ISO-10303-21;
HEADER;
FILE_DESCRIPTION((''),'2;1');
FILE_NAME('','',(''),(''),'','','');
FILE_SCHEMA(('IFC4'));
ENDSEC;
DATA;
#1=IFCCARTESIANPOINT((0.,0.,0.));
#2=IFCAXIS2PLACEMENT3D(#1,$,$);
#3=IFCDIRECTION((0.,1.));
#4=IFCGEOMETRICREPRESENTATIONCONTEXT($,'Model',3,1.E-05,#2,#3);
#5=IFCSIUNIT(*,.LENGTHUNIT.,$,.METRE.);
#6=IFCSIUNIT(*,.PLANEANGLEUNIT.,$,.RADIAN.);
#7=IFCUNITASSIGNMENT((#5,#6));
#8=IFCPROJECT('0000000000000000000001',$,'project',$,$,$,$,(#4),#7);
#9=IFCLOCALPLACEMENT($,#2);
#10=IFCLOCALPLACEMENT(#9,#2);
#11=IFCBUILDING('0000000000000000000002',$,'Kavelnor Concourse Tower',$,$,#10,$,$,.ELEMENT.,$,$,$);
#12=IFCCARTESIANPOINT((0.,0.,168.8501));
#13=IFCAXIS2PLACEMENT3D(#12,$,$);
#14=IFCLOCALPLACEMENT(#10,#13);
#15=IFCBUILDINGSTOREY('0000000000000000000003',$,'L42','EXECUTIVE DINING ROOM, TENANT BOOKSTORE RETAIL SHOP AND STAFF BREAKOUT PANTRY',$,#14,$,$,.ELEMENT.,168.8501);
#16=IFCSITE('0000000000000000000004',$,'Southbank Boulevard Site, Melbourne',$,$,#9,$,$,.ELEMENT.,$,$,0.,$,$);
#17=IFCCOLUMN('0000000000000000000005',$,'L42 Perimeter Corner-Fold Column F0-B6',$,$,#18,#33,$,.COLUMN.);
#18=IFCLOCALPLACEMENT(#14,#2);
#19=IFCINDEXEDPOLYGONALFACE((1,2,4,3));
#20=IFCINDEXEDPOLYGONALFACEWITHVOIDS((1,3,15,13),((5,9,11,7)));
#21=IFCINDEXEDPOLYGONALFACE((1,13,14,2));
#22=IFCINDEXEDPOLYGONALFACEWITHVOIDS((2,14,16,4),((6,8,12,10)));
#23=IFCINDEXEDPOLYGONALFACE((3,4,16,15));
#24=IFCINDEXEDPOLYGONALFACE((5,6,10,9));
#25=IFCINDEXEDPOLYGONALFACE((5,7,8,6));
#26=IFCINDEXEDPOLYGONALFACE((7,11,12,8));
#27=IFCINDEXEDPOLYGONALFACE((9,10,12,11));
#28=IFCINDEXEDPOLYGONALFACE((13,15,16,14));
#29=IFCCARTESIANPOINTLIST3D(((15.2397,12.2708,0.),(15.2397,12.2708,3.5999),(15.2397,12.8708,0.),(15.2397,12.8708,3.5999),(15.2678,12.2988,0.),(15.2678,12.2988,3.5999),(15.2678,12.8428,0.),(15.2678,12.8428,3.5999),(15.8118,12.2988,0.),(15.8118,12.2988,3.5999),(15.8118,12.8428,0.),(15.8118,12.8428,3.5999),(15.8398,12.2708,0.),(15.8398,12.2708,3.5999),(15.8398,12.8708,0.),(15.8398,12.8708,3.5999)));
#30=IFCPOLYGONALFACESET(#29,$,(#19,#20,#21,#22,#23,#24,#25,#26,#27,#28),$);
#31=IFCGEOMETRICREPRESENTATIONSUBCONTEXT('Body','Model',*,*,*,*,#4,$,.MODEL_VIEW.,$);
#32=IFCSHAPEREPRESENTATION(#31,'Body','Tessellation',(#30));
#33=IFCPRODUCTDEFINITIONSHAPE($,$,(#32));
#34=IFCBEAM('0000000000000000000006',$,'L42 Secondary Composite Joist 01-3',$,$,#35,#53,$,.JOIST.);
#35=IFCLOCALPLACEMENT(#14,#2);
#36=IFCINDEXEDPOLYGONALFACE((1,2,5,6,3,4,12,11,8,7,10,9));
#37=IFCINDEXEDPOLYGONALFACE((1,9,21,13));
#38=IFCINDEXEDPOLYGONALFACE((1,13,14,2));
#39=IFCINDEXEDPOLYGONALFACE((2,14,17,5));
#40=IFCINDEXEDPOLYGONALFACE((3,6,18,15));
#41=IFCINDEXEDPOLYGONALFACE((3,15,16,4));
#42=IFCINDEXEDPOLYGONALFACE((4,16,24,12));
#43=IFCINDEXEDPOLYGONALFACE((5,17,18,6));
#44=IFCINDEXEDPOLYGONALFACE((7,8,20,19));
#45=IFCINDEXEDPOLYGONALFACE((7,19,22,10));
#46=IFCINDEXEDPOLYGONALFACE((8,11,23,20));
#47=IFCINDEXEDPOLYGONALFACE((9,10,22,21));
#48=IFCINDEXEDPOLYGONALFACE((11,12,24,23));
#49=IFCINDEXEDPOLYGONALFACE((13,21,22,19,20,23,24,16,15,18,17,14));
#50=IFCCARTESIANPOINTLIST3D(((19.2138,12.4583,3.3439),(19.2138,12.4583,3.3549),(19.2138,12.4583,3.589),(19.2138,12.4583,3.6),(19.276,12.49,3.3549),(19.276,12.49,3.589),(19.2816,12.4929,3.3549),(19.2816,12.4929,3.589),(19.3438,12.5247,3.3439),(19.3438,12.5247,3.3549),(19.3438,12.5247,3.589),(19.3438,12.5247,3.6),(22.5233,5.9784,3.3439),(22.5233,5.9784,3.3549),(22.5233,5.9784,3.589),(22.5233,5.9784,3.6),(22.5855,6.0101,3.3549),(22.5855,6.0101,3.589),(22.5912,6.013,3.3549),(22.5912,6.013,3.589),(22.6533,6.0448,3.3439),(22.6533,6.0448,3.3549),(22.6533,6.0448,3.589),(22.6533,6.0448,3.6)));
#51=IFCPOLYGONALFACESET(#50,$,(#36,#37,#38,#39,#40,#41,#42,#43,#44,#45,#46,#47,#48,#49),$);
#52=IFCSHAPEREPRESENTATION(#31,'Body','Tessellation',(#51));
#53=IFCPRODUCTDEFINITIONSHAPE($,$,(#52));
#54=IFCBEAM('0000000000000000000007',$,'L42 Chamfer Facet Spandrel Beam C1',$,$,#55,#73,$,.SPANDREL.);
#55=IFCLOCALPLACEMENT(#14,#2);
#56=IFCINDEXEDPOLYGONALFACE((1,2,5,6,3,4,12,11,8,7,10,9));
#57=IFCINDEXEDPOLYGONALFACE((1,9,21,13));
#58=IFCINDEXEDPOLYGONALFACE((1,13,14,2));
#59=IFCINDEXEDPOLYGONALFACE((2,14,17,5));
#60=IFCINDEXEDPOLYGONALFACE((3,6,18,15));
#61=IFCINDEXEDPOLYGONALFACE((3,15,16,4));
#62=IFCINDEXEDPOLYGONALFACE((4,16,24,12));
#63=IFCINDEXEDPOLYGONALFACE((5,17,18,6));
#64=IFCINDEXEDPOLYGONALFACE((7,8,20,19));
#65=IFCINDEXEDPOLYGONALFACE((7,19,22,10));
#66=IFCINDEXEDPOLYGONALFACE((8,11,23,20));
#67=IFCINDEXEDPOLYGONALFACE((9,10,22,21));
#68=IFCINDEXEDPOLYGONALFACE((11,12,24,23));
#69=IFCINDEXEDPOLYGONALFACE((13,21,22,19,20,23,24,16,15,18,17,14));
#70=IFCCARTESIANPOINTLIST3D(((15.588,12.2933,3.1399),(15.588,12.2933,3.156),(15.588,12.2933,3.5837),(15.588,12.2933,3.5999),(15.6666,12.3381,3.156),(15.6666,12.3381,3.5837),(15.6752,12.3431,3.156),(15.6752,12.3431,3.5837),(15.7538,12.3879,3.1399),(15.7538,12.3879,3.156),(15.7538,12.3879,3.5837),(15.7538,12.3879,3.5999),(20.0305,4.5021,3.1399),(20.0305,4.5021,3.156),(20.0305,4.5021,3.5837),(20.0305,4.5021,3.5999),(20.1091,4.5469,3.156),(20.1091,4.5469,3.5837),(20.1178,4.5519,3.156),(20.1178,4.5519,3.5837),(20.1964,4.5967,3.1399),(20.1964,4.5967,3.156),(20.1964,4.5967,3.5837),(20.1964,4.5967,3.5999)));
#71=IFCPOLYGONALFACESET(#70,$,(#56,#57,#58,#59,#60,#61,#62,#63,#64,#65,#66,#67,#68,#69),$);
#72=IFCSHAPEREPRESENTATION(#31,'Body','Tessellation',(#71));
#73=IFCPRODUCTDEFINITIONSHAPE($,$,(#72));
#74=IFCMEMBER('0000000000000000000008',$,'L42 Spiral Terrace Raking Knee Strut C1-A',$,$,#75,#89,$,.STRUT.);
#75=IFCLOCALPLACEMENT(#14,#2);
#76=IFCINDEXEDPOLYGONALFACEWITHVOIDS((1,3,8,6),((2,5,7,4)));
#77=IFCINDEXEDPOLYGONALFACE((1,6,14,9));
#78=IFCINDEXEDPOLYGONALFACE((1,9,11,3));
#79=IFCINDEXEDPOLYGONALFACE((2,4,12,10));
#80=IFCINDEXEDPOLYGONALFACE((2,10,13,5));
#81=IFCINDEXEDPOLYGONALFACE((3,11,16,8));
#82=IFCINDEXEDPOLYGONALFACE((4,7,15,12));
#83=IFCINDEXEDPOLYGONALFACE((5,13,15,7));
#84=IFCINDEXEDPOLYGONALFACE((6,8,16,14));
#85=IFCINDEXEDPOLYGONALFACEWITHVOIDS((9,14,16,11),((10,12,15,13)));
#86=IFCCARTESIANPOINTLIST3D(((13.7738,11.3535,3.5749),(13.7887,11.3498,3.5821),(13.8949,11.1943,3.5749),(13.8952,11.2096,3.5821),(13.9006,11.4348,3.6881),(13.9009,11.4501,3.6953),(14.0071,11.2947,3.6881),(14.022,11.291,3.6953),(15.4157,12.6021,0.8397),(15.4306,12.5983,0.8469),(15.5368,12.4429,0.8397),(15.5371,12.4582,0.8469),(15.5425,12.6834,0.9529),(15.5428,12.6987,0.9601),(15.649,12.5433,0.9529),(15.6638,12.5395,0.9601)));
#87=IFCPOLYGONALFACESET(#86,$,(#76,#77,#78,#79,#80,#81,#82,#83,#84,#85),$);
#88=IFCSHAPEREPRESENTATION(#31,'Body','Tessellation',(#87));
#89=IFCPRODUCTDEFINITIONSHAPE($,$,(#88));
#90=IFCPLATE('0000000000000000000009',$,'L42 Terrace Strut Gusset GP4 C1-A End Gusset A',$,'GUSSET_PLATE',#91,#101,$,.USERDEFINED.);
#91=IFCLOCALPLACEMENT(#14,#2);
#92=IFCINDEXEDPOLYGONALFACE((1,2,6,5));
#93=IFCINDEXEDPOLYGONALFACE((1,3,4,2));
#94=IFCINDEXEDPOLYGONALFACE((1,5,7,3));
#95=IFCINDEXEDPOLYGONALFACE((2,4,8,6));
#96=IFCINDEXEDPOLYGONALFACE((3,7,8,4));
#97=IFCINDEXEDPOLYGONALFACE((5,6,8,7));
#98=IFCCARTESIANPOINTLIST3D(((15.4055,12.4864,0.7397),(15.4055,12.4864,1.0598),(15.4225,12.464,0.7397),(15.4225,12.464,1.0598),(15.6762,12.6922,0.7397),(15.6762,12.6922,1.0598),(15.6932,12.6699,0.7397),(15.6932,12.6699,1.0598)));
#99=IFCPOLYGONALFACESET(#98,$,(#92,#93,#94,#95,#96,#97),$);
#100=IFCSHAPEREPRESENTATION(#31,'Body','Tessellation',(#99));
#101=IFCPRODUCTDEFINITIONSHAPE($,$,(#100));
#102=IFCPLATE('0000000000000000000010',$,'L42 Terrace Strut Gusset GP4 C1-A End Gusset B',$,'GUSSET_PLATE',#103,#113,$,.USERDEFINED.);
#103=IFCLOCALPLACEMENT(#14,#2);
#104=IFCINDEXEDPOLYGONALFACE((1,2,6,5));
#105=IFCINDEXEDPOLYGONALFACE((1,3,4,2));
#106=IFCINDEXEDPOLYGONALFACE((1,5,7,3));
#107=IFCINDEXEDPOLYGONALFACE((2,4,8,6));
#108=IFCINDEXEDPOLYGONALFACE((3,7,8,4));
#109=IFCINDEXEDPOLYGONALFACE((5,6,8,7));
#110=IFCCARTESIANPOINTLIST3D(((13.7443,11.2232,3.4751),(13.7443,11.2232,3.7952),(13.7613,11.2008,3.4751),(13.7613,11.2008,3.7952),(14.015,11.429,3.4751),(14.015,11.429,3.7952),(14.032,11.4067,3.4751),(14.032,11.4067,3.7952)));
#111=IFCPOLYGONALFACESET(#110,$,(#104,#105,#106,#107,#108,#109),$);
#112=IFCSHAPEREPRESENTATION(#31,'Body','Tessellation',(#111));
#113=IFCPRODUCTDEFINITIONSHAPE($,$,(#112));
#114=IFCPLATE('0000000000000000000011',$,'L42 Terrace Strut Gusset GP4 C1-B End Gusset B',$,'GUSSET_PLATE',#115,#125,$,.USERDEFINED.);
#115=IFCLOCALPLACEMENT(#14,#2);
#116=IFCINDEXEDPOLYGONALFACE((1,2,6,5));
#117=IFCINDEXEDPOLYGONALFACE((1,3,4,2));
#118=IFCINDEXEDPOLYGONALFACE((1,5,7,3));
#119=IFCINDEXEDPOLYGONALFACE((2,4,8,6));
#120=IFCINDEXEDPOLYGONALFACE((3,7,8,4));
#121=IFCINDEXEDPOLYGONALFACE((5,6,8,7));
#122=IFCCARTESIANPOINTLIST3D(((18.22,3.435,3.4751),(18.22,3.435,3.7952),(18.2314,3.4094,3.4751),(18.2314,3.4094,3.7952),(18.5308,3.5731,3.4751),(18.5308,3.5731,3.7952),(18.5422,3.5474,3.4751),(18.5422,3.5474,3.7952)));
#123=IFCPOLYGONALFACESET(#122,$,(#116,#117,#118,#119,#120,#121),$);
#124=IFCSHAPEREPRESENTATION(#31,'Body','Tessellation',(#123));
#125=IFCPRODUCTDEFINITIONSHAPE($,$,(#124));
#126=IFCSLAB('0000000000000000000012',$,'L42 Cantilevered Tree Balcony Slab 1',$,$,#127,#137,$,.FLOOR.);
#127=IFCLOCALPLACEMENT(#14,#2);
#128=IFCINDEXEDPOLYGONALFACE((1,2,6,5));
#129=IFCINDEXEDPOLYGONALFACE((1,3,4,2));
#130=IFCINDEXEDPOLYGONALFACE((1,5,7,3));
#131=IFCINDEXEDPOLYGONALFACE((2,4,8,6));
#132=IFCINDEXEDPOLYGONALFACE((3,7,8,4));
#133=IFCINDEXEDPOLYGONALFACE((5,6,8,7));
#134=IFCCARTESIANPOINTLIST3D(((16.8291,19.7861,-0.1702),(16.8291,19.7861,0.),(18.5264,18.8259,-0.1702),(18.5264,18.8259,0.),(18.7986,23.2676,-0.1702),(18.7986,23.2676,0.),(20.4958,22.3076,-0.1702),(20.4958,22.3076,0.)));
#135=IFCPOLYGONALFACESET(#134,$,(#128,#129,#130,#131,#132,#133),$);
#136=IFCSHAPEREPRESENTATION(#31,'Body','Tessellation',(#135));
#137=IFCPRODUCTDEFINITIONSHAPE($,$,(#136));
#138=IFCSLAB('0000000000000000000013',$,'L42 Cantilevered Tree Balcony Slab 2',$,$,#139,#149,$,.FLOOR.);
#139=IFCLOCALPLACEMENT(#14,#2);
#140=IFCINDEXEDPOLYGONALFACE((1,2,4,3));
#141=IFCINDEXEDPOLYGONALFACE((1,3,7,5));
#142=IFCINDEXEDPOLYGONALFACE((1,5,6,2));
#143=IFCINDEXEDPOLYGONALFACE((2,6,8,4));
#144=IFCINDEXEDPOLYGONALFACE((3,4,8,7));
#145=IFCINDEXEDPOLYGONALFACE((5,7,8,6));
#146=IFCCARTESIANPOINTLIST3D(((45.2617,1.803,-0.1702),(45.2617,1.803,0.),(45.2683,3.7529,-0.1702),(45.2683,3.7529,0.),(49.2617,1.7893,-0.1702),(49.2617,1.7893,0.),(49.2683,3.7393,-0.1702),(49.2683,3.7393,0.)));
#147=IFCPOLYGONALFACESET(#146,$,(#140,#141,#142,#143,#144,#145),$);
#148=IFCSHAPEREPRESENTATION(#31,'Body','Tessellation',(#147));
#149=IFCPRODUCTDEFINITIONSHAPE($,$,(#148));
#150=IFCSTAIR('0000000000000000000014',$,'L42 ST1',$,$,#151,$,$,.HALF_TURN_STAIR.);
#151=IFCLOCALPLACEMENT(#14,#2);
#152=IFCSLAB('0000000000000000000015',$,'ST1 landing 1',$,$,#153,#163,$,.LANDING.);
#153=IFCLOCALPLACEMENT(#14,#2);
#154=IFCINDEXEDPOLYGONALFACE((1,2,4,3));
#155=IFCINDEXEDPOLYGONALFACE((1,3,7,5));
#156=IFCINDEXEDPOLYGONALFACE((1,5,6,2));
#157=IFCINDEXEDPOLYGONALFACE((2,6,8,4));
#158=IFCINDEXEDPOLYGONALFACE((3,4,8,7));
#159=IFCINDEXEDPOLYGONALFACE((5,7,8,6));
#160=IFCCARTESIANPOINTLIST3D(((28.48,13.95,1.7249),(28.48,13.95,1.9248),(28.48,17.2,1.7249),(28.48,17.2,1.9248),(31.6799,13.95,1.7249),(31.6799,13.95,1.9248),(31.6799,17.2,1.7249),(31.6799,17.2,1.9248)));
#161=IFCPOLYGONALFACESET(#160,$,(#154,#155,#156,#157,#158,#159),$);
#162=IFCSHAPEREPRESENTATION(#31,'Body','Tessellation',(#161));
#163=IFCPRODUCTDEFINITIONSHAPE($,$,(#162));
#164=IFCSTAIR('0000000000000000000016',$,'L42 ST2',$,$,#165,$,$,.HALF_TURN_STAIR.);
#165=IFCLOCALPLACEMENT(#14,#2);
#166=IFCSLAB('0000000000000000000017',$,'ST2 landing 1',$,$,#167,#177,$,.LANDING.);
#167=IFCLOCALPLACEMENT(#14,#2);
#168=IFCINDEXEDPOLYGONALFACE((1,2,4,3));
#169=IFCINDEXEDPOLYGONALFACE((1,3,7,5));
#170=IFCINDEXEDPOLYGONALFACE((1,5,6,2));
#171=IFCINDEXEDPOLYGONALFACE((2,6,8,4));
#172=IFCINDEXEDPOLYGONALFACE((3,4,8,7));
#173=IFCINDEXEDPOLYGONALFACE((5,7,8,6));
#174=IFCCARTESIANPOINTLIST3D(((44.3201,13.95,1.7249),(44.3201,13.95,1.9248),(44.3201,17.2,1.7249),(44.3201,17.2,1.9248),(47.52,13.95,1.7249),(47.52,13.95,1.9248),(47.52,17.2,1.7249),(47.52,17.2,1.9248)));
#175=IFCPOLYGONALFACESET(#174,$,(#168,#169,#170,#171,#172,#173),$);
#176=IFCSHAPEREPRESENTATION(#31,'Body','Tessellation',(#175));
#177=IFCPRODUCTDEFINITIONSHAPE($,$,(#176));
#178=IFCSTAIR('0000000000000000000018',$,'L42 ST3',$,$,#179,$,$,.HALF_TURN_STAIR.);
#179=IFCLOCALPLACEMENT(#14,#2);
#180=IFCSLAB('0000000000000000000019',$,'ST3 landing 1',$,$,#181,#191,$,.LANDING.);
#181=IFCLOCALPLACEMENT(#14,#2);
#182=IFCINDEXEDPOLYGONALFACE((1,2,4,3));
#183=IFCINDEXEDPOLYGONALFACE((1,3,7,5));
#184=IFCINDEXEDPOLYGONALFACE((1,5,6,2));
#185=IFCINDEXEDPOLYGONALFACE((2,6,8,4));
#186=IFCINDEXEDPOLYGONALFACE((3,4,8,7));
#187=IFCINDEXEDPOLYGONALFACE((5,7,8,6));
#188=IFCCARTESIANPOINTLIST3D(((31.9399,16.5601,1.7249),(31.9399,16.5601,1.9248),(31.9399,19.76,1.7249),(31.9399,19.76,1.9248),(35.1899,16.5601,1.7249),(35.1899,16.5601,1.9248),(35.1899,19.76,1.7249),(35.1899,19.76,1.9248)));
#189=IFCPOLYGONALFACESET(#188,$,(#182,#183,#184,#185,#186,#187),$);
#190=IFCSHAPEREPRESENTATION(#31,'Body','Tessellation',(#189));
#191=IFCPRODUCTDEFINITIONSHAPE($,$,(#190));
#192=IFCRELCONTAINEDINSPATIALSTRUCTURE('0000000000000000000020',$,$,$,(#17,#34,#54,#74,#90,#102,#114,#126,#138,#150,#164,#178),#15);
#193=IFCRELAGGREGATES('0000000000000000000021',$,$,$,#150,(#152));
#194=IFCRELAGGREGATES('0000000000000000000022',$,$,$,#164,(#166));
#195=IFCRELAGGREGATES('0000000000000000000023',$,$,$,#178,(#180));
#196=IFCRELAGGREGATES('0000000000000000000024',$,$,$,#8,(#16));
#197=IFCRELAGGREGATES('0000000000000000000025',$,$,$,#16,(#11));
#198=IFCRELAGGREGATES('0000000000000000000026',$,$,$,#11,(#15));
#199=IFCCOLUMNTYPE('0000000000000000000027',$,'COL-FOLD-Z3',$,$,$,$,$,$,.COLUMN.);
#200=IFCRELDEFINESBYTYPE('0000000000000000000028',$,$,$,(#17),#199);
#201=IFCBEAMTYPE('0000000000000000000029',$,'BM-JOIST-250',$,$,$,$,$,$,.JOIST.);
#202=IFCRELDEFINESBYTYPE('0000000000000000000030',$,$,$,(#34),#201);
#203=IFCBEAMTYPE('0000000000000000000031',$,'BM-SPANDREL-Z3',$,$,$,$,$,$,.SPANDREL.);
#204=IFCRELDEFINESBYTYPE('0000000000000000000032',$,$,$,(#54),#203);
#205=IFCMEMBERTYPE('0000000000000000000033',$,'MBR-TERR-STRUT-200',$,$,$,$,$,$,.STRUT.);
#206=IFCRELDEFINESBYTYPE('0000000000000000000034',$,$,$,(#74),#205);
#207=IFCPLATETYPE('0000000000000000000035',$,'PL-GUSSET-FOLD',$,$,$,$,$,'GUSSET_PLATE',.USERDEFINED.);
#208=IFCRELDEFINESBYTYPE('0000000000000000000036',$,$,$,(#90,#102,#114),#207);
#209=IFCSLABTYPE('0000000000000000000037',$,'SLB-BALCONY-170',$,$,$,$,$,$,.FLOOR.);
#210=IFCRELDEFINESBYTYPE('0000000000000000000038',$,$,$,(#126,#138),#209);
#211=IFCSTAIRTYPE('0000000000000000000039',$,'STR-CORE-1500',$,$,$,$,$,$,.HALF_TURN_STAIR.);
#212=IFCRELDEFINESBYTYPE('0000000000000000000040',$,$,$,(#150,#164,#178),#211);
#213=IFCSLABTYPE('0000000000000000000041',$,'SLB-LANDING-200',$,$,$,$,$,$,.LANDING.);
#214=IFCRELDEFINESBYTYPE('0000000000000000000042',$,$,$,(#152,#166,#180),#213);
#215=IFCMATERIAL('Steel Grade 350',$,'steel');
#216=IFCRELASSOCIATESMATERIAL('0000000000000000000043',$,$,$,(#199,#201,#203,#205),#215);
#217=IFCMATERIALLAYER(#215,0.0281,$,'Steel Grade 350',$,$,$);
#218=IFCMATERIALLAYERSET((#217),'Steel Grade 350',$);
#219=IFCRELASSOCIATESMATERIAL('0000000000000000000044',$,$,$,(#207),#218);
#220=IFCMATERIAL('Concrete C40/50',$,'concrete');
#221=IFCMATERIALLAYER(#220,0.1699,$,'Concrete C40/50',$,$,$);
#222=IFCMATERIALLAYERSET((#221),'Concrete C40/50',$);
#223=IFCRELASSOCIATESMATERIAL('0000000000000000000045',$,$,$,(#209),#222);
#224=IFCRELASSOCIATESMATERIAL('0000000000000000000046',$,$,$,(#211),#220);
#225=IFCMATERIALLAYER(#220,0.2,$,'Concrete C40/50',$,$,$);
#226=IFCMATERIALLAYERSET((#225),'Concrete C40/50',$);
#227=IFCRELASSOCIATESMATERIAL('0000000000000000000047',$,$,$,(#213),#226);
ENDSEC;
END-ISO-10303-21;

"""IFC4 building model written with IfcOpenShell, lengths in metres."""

from ifc_helpers import new_model, si_unit, direction, frame, origin, origin_2d, place, context, subcontext, project, spatial, polyline, rectangle, hollow_rectangle, i_section, outline, extrude, material, layer, layer_set, material_profile, profile_set, type_object, element, aggregate, save


model = new_model("IFC4")

# Units and contexts
model_context = context("Model", 3, precision=1e-05, world=origin(), true_north=direction((0.0, 1.0)))
body_context = subcontext(model_context, "Body", "Model", "MODEL_VIEW")
ifc_project = project(units=[si_unit("LENGTHUNIT", "METRE"), si_unit("PLANEANGLEUNIT", "RADIAN")], contexts=[model_context])

# Site, building, storey
site_placement = place(None, origin())
site = spatial("IfcSite", under=ifc_project, at=site_placement, Name="Southbank Boulevard Site, Melbourne", CompositionType="ELEMENT", RefElevation=0.0)
building_placement = place(site_placement, origin())
building = spatial("IfcBuilding", under=site, at=building_placement, Name="Kavelnor Concourse Tower", CompositionType="ELEMENT")
storey_placement = place(building_placement, frame((0.0, 0.0, 168.8501)))
storey = spatial("IfcBuildingStorey", under=building, at=storey_placement, Name="L42", Description="EXECUTIVE DINING ROOM, TENANT BOOKSTORE RETAIL SHOP AND STAFF BREAKOUT PANTRY", CompositionType="ELEMENT", Elevation=168.8501)

# Column
ifc_material_1 = material(Name="Steel Grade 350", Category="steel")
ifc_material_profile_1 = material_profile(ifc_material_1, hollow_rectangle(XDim=0.6001, YDim=0.6001, WallThickness=0.0281, at=origin_2d()), Name="SHS 600x600x28")
ifc_profile_set_1 = profile_set([ifc_material_profile_1], Name="Steel Grade 350")
column_type = type_object("IfcColumnType", Name="COL-FOLD-Z3", PredefinedType="COLUMN", material=ifc_profile_set_1)
column_placement = place(storey_placement, frame((15.5398, 12.5708, 0.0), z_axis=(0.0, 0.0, 1.0), x_axis=(1.0, 0.0, 0.0)))
element("IfcColumn", 1, at=column_placement, inside=storey, type_object=column_type, Name="L42 Perimeter Corner-Fold Column F0-B6", PredefinedType="COLUMN", context=body_context, shape_type="SweptSolid", body=[
    extrude(hollow_rectangle(XDim=0.6001, YDim=0.6001, WallThickness=0.0281, at=origin_2d()), origin(), (0.0, 0.0, 1.0), 3.5999),
])

# Beams
ifc_material_profile_2 = material_profile(ifc_material_1, i_section(OverallWidth=0.146, OverallDepth=0.2561, WebThickness=0.0063, FlangeThickness=0.011, at=origin_2d()), Name="250UB37")
ifc_profile_set_2 = profile_set([ifc_material_profile_2], Name="Steel Grade 350")
beam_type_1 = type_object("IfcBeamType", Name="BM-JOIST-250", PredefinedType="JOIST", material=ifc_profile_set_2)
beam_1_placement = place(storey_placement, frame((19.2788, 12.4915, 3.4719), z_axis=(0.454847, -0.890569, 0.0), x_axis=(0.890569, 0.454847, 0.0)))
element("IfcBeam", 2, at=beam_1_placement, inside=storey, type_object=beam_type_1, Name="L42 Secondary Composite Joist 01-3", PredefinedType="JOIST", context=body_context, shape_type="SweptSolid", body=[
    extrude(i_section(OverallWidth=0.146, OverallDepth=0.2561, WebThickness=0.0063, FlangeThickness=0.011, at=origin_2d()), origin(), (0.0, 0.0, 1.0), 7.2761),
])
ifc_material_profile_3 = material_profile(ifc_material_1, i_section(OverallWidth=0.1909, OverallDepth=0.46, WebThickness=0.01, FlangeThickness=0.0161, at=origin_2d()), Name="460UB82")
ifc_profile_set_3 = profile_set([ifc_material_profile_3], Name="Steel Grade 350")
beam_type_2 = type_object("IfcBeamType", Name="BM-SPANDREL-Z3", PredefinedType="SPANDREL", material=ifc_profile_set_3)
beam_2_placement = place(storey_placement, frame((15.6709, 12.3406, 3.3699), z_axis=(0.495338, -0.8687, 0.0), x_axis=(0.8687, 0.495338, 0.0)))
element("IfcBeam", 3, at=beam_2_placement, inside=storey, type_object=beam_type_2, Name="L42 Chamfer Facet Spandrel Beam C1", PredefinedType="SPANDREL", context=body_context, shape_type="SweptSolid", body=[
    extrude(i_section(OverallWidth=0.1909, OverallDepth=0.46, WebThickness=0.01, FlangeThickness=0.0161, at=origin_2d()), origin(), (0.0, 0.0, 1.0), 8.9688),
])

# Member
ifc_material_profile_4 = material_profile(ifc_material_1, hollow_rectangle(XDim=0.2, YDim=0.2, WallThickness=0.012, at=origin_2d()), Name="SHS 200x200x12")
ifc_profile_set_4 = profile_set([ifc_material_profile_4], Name="Steel Grade 350")
member_type = type_object("IfcMemberType", Name="MBR-TERR-STRUT-200", PredefinedType="STRUT", material=ifc_profile_set_4)
member_placement = place(storey_placement, frame((15.5398, 12.5708, 0.8999), z_axis=(-0.479275, -0.364463, 0.798412), x_axis=(0.605308, -0.795991, 0.0)))
element("IfcMember", 4, at=member_placement, inside=storey, type_object=member_type, Name="L42 Spiral Terrace Raking Knee Strut C1-A", PredefinedType="STRUT", context=body_context, shape_type="SweptSolid", body=[
    extrude(hollow_rectangle(XDim=0.2, YDim=0.2, WallThickness=0.012, at=origin_2d()), origin(), (0.0, 0.0, 1.0), 3.4258),
])

# Plates
ifc_layer_1 = layer(ifc_material_1, 0.0281, Name="Steel Grade 350")
ifc_layer_set_1 = layer_set([ifc_layer_1], Name="Steel Grade 350")
plate_type = type_object("IfcPlateType", Name="PL-GUSSET-FOLD", ElementType="GUSSET_PLATE", PredefinedType="USERDEFINED", material=ifc_layer_set_1)
for number, where, z_axis, x_axis, name in (
    (5, (15.5493, 12.5781, 0.7397), (0.0, 0.0, 1.0), (-0.796002, -0.605294, 0.0), "L42 Terrace Strut Gusset GP4 C1-A End Gusset A"),
    (6, (13.8882, 11.3149, 3.4751), (0.0, 0.0, 1.0), (-0.796002, -0.605294, 0.0), "L42 Terrace Strut Gusset GP4 C1-A End Gusset B"),
    (7, (18.3811, 3.4912, 3.4751), (0.0, 0.0, 1.0), (-0.9139, -0.405939, 0.0), "L42 Terrace Strut Gusset GP4 C1-B End Gusset B"),
):
    element("IfcPlate", number, at=place(storey_placement, frame(where, z_axis=z_axis, x_axis=x_axis)), inside=storey, type_object=plate_type, Name=name, ObjectType="GUSSET_PLATE", PredefinedType="USERDEFINED", context=body_context, shape_type="SweptSolid", body=[
        extrude(rectangle(XDim=0.3401, YDim=0.0281, at=origin_2d()), origin(), (0.0, 0.0, 1.0), 0.3201),
    ])

# Slabs
ifc_material_2 = material(Name="Concrete C40/50", Category="concrete")
ifc_layer_2 = layer(ifc_material_2, 0.1699, Name="Concrete C40/50")
ifc_layer_set_2 = layer_set([ifc_layer_2], Name="Concrete C40/50")
slab_type_1 = type_object("IfcSlabType", Name="SLB-BALCONY-170", PredefinedType="FLOOR", material=ifc_layer_set_2)
slab_1_placement = place(storey_placement, frame((0.0, 0.0, -0.1702)))
element("IfcSlab", 8, at=slab_1_placement, inside=storey, type_object=slab_type_1, Name="L42 Cantilevered Tree Balcony Slab 1", PredefinedType="FLOOR", context=body_context, shape_type="SweptSolid", body=[
    extrude(outline(polyline([(16.8291, 19.7861), (18.7986, 23.2676), (20.4958, 22.3076), (18.5264, 18.8259), (16.8291, 19.7861)])), origin(), (0.0, 0.0, 1.0), 0.1702),
])
slab_2_placement = place(storey_placement, frame((0.0, 0.0, -0.1702)))
element("IfcSlab", 9, at=slab_2_placement, inside=storey, type_object=slab_type_1, Name="L42 Cantilevered Tree Balcony Slab 2", PredefinedType="FLOOR", context=body_context, shape_type="SweptSolid", body=[
    extrude(outline(polyline([(49.2617, 1.7893), (45.2617, 1.803), (45.2683, 3.7529), (49.2683, 3.7393), (49.2617, 1.7893)])), origin(), (0.0, 0.0, 1.0), 0.1702),
])

# Stairs, slabs
stair_type = type_object("IfcStairType", Name="STR-CORE-1500", PredefinedType="HALF_TURN_STAIR", material=ifc_material_2)
stair_1_placement = place(storey_placement, origin())
stair_1 = element("IfcStair", 10, at=stair_1_placement, inside=storey, type_object=stair_type, Name="L42 ST1", PredefinedType="HALF_TURN_STAIR")
ifc_layer_3 = layer(ifc_material_2, 0.2, Name="Concrete C40/50")
ifc_layer_set_3 = layer_set([ifc_layer_3], Name="Concrete C40/50")
slab_type_2 = type_object("IfcSlabType", Name="SLB-LANDING-200", PredefinedType="LANDING", material=ifc_layer_set_3)
slab_3_placement = place(storey_placement, frame((0.0, 0.0, 1.7249)))
slab_3 = element("IfcSlab", 11, at=slab_3_placement, type_object=slab_type_2, Name="ST1 landing 1", PredefinedType="LANDING", context=body_context, shape_type="SweptSolid", body=[
    extrude(outline(polyline([(31.6799, 13.95), (31.6799, 17.2), (28.48, 17.2), (28.48, 13.95), (31.6799, 13.95)])), origin(), (0.0, 0.0, 1.0), 0.2),
])
aggregate(stair_1, [slab_3])
stair_2_placement = place(storey_placement, origin())
stair_2 = element("IfcStair", 12, at=stair_2_placement, inside=storey, type_object=stair_type, Name="L42 ST2", PredefinedType="HALF_TURN_STAIR")
slab_4_placement = place(storey_placement, frame((0.0, 0.0, 1.7249)))
slab_4 = element("IfcSlab", 13, at=slab_4_placement, type_object=slab_type_2, Name="ST2 landing 1", PredefinedType="LANDING", context=body_context, shape_type="SweptSolid", body=[
    extrude(outline(polyline([(47.52, 13.95), (47.52, 17.2), (44.3201, 17.2), (44.3201, 13.95), (47.52, 13.95)])), origin(), (0.0, 0.0, 1.0), 0.2),
])
aggregate(stair_2, [slab_4])
stair_3_placement = place(storey_placement, origin())
stair_3 = element("IfcStair", 14, at=stair_3_placement, inside=storey, type_object=stair_type, Name="L42 ST3", PredefinedType="HALF_TURN_STAIR")
slab_5_placement = place(storey_placement, frame((0.0, 0.0, 1.7249)))
slab_5 = element("IfcSlab", 15, at=slab_5_placement, type_object=slab_type_2, Name="ST3 landing 1", PredefinedType="LANDING", context=body_context, shape_type="SweptSolid", body=[
    extrude(outline(polyline([(35.1899, 19.76), (31.9399, 19.76), (31.9399, 16.5601), (35.1899, 16.5601), (35.1899, 19.76)])), origin(), (0.0, 0.0, 1.0), 0.2),
])
aggregate(stair_3, [slab_5])

save(model, "model.ifc")
